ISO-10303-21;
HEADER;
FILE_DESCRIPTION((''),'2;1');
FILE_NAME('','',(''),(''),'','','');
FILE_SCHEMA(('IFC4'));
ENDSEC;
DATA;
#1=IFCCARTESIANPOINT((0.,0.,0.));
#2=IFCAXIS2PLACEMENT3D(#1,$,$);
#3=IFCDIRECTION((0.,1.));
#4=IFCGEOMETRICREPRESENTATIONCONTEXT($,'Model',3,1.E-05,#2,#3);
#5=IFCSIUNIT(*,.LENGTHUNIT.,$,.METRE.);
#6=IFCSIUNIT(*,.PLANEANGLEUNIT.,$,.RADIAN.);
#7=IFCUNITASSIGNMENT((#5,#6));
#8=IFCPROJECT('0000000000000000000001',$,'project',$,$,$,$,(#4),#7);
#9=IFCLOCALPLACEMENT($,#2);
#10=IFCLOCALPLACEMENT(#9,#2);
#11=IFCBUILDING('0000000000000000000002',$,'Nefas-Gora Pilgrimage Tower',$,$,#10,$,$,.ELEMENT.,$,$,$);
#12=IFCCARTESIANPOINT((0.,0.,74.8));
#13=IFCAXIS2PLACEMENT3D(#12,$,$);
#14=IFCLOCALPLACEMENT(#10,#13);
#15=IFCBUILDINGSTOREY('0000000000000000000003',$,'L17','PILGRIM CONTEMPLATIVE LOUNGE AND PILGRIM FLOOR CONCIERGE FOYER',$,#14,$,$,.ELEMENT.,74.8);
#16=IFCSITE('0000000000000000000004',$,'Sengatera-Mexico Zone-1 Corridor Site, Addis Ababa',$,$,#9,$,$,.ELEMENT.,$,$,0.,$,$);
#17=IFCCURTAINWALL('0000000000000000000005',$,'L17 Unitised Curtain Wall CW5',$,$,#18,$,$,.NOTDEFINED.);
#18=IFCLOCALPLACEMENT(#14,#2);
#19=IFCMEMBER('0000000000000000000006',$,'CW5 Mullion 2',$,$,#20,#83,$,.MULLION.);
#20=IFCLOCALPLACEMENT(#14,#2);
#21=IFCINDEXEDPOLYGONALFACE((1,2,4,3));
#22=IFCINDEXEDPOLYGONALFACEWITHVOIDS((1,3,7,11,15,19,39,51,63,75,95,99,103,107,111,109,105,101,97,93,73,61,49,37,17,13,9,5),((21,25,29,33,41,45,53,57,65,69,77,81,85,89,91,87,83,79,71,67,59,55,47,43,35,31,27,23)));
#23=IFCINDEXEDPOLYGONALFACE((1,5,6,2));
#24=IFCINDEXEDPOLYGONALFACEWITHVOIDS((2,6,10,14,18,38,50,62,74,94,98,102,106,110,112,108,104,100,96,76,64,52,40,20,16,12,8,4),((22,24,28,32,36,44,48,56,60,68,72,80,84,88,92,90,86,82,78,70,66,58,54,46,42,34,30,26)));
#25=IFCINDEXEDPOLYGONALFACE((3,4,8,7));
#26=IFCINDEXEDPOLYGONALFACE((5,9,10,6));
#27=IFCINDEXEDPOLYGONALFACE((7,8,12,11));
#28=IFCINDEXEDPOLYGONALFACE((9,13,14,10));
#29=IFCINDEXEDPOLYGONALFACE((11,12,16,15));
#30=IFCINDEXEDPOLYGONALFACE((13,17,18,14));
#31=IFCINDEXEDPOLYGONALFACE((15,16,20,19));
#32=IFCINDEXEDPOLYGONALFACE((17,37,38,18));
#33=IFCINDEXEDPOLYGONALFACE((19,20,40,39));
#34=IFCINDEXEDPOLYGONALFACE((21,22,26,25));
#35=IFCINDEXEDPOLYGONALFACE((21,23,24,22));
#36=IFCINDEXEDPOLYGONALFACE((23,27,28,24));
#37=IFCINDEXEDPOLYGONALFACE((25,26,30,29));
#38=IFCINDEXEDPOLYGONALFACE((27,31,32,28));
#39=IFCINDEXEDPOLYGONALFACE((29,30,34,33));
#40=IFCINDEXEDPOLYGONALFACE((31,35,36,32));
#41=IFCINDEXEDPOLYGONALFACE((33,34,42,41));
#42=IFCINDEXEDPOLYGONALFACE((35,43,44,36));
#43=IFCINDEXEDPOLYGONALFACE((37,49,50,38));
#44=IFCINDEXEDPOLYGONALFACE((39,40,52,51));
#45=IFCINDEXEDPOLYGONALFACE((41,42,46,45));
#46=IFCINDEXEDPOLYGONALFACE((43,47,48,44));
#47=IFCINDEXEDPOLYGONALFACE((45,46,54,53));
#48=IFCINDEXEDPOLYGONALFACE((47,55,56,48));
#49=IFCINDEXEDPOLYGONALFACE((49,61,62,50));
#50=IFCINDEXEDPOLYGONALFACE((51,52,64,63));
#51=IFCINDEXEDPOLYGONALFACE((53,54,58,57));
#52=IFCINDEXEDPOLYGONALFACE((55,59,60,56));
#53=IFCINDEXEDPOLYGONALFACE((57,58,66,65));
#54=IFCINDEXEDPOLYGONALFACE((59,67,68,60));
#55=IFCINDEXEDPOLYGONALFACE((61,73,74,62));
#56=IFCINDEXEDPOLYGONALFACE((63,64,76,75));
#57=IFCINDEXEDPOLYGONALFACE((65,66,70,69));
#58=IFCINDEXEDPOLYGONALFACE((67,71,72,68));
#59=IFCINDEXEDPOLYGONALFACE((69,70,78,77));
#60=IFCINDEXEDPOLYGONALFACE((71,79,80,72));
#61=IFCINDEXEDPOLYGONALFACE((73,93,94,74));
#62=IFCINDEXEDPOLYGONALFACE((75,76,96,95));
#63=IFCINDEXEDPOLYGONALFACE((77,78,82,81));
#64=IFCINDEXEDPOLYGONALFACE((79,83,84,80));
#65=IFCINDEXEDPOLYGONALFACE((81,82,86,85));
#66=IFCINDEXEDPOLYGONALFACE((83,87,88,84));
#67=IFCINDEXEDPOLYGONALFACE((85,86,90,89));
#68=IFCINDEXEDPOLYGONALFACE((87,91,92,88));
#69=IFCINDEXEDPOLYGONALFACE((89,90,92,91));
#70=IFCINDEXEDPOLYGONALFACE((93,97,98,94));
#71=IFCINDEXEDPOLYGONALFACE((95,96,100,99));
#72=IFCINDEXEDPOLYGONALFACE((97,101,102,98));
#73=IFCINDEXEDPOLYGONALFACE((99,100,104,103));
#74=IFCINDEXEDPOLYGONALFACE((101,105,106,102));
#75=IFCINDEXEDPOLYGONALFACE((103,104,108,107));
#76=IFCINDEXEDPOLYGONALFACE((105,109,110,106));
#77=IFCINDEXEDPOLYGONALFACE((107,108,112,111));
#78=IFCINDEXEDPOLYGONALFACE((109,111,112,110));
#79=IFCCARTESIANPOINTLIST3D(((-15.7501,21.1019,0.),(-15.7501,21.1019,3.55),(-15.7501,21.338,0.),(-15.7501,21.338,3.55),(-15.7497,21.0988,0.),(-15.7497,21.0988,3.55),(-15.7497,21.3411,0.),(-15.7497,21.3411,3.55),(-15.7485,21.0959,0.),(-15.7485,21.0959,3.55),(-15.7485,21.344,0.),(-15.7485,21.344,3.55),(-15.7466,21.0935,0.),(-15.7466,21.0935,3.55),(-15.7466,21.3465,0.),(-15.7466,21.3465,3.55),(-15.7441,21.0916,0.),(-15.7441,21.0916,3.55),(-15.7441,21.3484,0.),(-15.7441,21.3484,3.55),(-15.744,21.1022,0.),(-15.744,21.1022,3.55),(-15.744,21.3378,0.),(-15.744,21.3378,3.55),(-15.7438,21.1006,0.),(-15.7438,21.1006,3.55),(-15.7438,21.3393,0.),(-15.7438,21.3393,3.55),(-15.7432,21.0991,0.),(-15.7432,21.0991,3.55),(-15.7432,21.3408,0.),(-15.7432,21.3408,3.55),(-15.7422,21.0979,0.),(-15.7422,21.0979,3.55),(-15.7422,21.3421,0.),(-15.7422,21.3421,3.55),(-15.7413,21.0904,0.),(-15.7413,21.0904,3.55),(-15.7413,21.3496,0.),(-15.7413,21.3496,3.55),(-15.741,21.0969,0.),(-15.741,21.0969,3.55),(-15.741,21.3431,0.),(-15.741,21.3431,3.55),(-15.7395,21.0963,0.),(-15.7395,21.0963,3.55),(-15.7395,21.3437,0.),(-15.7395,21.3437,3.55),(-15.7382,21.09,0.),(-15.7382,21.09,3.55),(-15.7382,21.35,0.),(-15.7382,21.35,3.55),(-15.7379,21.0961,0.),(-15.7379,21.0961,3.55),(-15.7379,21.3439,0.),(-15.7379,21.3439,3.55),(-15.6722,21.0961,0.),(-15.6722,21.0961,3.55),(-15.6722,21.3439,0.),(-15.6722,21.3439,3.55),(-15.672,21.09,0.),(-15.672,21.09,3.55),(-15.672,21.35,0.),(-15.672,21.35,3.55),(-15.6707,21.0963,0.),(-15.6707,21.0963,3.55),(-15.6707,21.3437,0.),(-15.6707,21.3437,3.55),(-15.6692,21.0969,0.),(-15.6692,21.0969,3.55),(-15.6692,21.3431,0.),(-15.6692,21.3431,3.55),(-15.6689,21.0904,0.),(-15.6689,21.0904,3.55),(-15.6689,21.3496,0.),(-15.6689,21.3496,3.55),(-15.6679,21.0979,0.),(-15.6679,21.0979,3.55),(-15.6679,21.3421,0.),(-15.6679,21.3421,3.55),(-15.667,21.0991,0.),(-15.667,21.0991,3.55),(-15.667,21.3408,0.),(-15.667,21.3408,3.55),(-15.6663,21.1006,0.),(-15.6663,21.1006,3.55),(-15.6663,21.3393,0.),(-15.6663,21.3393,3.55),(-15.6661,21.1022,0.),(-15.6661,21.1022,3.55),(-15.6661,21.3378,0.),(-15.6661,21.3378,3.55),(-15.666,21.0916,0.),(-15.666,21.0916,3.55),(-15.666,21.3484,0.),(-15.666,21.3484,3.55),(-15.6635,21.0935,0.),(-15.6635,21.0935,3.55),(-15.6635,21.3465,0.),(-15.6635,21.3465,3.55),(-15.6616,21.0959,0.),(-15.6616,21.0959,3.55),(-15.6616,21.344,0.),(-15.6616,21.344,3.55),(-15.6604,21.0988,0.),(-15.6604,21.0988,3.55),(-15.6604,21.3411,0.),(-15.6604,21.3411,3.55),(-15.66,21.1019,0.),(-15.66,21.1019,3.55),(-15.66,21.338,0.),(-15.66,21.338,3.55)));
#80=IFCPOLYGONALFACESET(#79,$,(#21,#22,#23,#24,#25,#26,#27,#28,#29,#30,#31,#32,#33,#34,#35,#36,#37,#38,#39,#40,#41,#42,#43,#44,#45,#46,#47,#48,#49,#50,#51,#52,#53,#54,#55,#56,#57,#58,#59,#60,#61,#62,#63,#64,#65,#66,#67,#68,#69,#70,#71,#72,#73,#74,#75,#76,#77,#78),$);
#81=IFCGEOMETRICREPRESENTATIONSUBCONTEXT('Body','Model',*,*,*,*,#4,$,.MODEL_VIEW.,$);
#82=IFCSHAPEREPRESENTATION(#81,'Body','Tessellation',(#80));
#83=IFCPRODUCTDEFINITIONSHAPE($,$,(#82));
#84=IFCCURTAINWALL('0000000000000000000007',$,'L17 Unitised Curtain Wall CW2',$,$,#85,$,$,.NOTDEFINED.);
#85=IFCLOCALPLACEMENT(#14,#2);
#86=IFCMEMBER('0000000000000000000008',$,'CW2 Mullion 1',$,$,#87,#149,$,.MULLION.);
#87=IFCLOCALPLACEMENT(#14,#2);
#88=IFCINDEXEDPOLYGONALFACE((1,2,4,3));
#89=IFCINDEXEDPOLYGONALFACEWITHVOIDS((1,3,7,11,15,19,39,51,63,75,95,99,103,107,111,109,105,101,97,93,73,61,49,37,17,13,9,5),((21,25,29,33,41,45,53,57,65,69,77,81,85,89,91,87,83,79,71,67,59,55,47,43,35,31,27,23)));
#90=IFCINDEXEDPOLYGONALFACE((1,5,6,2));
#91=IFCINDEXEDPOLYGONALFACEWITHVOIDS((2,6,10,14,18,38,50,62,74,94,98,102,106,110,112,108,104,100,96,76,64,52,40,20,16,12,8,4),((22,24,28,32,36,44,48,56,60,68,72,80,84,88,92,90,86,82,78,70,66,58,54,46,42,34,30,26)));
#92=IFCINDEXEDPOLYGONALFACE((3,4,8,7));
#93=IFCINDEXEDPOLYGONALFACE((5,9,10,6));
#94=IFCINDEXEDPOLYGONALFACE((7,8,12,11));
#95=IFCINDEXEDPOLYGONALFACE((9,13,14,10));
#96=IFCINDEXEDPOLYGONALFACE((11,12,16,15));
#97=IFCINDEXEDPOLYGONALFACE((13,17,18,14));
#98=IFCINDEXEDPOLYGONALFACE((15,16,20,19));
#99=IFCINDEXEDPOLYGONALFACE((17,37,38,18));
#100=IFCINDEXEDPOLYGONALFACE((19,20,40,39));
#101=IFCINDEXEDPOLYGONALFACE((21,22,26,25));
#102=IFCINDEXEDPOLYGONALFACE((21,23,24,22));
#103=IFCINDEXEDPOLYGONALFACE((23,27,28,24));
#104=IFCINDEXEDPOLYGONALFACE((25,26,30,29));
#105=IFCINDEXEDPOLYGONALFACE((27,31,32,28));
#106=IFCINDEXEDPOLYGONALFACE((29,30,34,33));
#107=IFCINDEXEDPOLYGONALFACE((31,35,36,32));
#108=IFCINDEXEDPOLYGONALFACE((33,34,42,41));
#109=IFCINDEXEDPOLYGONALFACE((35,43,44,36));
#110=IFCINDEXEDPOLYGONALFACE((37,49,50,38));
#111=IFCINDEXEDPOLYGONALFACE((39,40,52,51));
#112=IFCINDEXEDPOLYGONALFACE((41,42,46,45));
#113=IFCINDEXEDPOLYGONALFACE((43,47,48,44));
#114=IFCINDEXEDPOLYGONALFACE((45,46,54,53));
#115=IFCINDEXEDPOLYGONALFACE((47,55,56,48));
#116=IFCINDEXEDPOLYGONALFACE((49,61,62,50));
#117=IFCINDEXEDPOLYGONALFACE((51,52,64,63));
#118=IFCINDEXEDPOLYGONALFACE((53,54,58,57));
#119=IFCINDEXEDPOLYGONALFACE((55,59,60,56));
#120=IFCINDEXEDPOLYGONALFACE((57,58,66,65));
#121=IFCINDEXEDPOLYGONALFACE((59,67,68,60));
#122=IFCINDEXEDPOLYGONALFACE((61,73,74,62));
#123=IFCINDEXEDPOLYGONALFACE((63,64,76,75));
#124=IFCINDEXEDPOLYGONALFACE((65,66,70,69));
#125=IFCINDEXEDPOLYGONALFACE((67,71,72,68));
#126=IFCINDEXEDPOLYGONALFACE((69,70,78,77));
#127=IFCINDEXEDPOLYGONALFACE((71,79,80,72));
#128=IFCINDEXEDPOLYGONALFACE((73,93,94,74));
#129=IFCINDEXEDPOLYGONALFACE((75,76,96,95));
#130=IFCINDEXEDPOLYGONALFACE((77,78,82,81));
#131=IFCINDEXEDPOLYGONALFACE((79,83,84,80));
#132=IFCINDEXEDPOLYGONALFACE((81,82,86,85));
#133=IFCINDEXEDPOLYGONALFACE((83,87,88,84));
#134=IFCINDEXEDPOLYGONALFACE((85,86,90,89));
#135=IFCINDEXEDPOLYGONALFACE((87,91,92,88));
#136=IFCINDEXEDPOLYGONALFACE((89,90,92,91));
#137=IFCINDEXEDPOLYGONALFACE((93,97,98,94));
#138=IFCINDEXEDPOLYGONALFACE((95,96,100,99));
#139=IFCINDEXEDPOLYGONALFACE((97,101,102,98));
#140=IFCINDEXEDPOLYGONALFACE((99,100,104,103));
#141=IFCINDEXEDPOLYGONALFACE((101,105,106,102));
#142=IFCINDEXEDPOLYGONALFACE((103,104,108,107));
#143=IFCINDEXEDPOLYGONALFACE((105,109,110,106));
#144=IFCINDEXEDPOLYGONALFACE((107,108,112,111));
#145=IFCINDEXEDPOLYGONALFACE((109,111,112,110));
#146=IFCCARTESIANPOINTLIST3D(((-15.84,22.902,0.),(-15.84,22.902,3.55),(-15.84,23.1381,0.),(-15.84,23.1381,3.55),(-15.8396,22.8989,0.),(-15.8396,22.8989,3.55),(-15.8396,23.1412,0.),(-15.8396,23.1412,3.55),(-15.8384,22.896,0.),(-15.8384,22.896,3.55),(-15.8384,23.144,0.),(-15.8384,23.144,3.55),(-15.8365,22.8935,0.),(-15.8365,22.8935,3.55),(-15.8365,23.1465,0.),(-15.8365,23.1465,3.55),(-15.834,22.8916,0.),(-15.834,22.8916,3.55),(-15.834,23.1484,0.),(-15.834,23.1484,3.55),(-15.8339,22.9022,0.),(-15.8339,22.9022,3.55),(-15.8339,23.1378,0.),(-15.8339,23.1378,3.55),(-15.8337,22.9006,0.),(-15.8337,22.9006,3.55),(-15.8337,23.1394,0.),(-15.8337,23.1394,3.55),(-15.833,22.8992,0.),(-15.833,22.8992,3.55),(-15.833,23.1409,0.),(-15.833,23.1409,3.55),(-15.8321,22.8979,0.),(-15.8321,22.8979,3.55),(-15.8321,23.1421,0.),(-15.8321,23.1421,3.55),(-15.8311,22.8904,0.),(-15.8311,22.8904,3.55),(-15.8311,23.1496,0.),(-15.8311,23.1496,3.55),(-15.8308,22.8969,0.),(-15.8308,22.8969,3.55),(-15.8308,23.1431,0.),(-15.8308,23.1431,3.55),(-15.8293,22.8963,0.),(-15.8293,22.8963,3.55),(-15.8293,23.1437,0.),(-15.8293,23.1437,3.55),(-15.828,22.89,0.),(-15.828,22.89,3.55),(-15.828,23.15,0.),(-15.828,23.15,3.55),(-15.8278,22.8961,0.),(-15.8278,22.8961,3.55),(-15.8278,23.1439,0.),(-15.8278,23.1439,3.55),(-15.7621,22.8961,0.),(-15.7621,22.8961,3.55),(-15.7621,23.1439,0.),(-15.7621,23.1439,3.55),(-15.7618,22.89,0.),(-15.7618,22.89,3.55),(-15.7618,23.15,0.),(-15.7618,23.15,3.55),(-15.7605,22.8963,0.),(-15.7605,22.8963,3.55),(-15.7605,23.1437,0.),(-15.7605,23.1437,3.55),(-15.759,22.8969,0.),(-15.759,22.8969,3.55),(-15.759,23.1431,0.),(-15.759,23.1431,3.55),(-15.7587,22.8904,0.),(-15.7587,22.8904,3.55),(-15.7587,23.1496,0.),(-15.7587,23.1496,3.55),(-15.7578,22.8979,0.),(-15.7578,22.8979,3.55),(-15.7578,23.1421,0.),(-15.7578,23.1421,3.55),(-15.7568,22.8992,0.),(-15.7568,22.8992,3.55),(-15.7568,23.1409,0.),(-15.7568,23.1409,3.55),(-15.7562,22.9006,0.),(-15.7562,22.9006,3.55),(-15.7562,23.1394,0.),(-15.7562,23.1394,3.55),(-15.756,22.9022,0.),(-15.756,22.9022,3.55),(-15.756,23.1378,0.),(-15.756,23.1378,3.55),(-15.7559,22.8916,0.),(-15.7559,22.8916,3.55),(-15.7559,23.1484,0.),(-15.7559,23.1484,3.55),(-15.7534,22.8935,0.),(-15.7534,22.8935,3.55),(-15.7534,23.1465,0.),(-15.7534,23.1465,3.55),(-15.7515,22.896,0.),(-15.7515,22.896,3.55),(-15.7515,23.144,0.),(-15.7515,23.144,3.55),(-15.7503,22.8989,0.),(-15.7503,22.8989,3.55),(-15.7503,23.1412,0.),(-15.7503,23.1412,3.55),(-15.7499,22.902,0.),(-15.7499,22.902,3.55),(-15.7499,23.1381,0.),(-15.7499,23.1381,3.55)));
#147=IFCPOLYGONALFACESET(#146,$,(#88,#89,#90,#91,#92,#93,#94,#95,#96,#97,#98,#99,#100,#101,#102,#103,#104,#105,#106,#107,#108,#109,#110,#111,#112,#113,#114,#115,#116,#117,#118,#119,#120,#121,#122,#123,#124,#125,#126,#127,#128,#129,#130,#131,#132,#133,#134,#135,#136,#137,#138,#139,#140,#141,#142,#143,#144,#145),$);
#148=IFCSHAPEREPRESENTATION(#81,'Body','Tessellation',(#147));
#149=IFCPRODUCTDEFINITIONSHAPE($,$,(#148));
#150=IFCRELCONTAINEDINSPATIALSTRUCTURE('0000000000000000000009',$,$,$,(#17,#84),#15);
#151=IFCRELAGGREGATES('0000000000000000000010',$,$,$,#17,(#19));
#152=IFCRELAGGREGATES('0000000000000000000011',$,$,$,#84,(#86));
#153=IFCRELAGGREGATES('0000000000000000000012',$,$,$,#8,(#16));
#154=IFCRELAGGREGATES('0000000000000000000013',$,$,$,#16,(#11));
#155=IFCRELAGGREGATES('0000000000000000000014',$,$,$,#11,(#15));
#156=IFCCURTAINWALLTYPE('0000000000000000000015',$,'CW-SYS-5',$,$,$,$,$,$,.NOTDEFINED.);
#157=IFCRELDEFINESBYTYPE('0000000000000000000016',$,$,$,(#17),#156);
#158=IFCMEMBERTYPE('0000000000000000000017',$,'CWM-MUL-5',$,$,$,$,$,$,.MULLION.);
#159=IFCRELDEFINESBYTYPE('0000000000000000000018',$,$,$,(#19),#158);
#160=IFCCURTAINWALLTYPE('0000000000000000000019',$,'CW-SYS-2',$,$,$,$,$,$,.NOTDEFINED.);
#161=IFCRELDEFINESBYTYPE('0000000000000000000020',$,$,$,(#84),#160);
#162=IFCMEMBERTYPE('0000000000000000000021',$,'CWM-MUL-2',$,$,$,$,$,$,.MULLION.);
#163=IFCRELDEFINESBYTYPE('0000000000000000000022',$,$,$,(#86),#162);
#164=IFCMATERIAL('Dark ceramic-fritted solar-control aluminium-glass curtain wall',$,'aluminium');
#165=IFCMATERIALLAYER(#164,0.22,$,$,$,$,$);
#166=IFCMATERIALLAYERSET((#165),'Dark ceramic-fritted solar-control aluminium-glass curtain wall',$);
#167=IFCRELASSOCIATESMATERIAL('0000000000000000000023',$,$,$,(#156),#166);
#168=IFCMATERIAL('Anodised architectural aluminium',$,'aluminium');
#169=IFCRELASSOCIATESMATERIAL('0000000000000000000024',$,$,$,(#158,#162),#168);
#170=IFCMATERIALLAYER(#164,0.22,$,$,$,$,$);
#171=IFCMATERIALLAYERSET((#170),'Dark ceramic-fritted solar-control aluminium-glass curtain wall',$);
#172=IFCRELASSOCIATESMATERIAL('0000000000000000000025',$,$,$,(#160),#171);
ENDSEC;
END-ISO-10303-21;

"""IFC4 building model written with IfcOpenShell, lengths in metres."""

from ifc_helpers import new_model, si_unit, direction, frame, origin, origin_2d, place, context, subcontext, project, spatial, hollow_rectangle, extrude, source, transform, mapped, material, layer, layer_set, material_profile, profile_set, type_object, element, aggregate, save


model = new_model("IFC4")

# Units and contexts
model_context = context("Model", 3, precision=1e-05, world=origin(), true_north=direction((0.0, 1.0)))
body_context = subcontext(model_context, "Body", "Model", "MODEL_VIEW")
ifc_project = project(units=[si_unit("LENGTHUNIT", "METRE"), si_unit("PLANEANGLEUNIT", "RADIAN")], contexts=[model_context])

# Site, building, storey
site_placement = place(None, origin())
site = spatial("IfcSite", under=ifc_project, at=site_placement, Name="Sengatera-Mexico Zone-1 Corridor Site, Addis Ababa", CompositionType="ELEMENT", RefElevation=0.0)
building_placement = place(site_placement, origin())
building = spatial("IfcBuilding", under=site, at=building_placement, Name="Nefas-Gora Pilgrimage Tower", CompositionType="ELEMENT")
storey_placement = place(building_placement, frame((0.0, 0.0, 74.8)))
storey = spatial("IfcBuildingStorey", under=building, at=storey_placement, Name="L17", Description="PILGRIM CONTEMPLATIVE LOUNGE AND PILGRIM FLOOR CONCIERGE FOYER", CompositionType="ELEMENT", Elevation=74.8)

# Curtain wall, member
ifc_material_1 = material(Name="Dark ceramic-fritted solar-control aluminium-glass curtain wall", Category="aluminium")
ifc_layer_1 = layer(ifc_material_1, 0.22)
ifc_layer_set_1 = layer_set([ifc_layer_1], Name="Dark ceramic-fritted solar-control aluminium-glass curtain wall")
curtain_wall_type_1 = type_object("IfcCurtainWallType", Name="CW-SYS-5", PredefinedType="NOTDEFINED", material=ifc_layer_set_1)
curtain_wall_1_placement = place(storey_placement, origin())
curtain_wall_1 = element("IfcCurtainWall", 1, at=curtain_wall_1_placement, inside=storey, type_object=curtain_wall_type_1, Name="L17 Unitised Curtain Wall CW5", PredefinedType="NOTDEFINED")
ifc_material_2 = material(Name="Anodised architectural aluminium", Category="aluminium")
ifc_material_profile_1 = material_profile(ifc_material_2, hollow_rectangle(XDim=0.0901, YDim=0.26, WallThickness=0.0061, InnerFilletRadius=0.0061, OuterFilletRadius=0.012, at=origin_2d()), Name="ALU MULLION 90x260")
ifc_profile_set_1 = profile_set([ifc_material_profile_1], Name="Anodised architectural aluminium")
member_type_1 = type_object("IfcMemberType", Name="CWM-MUL-5", PredefinedType="MULLION", material=ifc_profile_set_1)
shared_shape_1 = source(origin(), body_context, "Body", "SweptSolid", [
    extrude(hollow_rectangle(XDim=0.0901, YDim=0.26, WallThickness=0.0061, InnerFilletRadius=0.0061, OuterFilletRadius=0.012, at=origin_2d()), origin(), (0.0, 0.0, 1.0), 3.55),
])
member_1_placement = place(storey_placement, frame((-15.7051, 21.22, 0.0), z_axis=(0.0, 0.0, 1.0), x_axis=(-1.0, 0.0, 0.0)))
member_1 = element("IfcMember", 2, at=member_1_placement, type_object=member_type_1, Name="CW5 Mullion 2", PredefinedType="MULLION", context=body_context, shape_type="MappedRepresentation", body=[
    mapped(shared_shape_1, transform((0.0, 0.0, 0.0), x_axis=(1.0, 0.0, 0.0), y_axis=(0.0, 1.0, 0.0), z_axis=(0.0, 0.0, 1.0), scale=1.0)),
])

# Curtain wall, member
ifc_layer_2 = layer(ifc_material_1, 0.22)
ifc_layer_set_2 = layer_set([ifc_layer_2], Name="Dark ceramic-fritted solar-control aluminium-glass curtain wall")
curtain_wall_type_2 = type_object("IfcCurtainWallType", Name="CW-SYS-2", PredefinedType="NOTDEFINED", material=ifc_layer_set_2)
curtain_wall_2_placement = place(storey_placement, origin())
curtain_wall_2 = element("IfcCurtainWall", 3, at=curtain_wall_2_placement, inside=storey, type_object=curtain_wall_type_2, Name="L17 Unitised Curtain Wall CW2", PredefinedType="NOTDEFINED")
ifc_material_profile_2 = material_profile(ifc_material_2, hollow_rectangle(XDim=0.0901, YDim=0.26, WallThickness=0.0061, InnerFilletRadius=0.0061, OuterFilletRadius=0.012, at=origin_2d()), Name="ALU MULLION 90x260")
ifc_profile_set_2 = profile_set([ifc_material_profile_2], Name="Anodised architectural aluminium")
member_type_2 = type_object("IfcMemberType", Name="CWM-MUL-2", PredefinedType="MULLION", material=ifc_profile_set_2)
shared_shape_2 = source(origin(), body_context, "Body", "SweptSolid", [
    extrude(hollow_rectangle(XDim=0.0901, YDim=0.26, WallThickness=0.0061, InnerFilletRadius=0.0061, OuterFilletRadius=0.012, at=origin_2d()), origin(), (0.0, 0.0, 1.0), 3.55),
])
member_2_placement = place(storey_placement, frame((-15.7949, 23.02, 0.0), z_axis=(0.0, 0.0, 1.0), x_axis=(-1.0, 0.0, 0.0)))
member_2 = element("IfcMember", 4, at=member_2_placement, type_object=member_type_2, Name="CW2 Mullion 1", PredefinedType="MULLION", context=body_context, shape_type="MappedRepresentation", body=[
    mapped(shared_shape_2, transform((0.0, 0.0, 0.0), x_axis=(1.0, 0.0, 0.0), y_axis=(0.0, 1.0, 0.0), z_axis=(0.0, 0.0, 1.0), scale=1.0)),
])

aggregate(curtain_wall_1, [member_1])
aggregate(curtain_wall_2, [member_2])

save(model, "model.ifc")
